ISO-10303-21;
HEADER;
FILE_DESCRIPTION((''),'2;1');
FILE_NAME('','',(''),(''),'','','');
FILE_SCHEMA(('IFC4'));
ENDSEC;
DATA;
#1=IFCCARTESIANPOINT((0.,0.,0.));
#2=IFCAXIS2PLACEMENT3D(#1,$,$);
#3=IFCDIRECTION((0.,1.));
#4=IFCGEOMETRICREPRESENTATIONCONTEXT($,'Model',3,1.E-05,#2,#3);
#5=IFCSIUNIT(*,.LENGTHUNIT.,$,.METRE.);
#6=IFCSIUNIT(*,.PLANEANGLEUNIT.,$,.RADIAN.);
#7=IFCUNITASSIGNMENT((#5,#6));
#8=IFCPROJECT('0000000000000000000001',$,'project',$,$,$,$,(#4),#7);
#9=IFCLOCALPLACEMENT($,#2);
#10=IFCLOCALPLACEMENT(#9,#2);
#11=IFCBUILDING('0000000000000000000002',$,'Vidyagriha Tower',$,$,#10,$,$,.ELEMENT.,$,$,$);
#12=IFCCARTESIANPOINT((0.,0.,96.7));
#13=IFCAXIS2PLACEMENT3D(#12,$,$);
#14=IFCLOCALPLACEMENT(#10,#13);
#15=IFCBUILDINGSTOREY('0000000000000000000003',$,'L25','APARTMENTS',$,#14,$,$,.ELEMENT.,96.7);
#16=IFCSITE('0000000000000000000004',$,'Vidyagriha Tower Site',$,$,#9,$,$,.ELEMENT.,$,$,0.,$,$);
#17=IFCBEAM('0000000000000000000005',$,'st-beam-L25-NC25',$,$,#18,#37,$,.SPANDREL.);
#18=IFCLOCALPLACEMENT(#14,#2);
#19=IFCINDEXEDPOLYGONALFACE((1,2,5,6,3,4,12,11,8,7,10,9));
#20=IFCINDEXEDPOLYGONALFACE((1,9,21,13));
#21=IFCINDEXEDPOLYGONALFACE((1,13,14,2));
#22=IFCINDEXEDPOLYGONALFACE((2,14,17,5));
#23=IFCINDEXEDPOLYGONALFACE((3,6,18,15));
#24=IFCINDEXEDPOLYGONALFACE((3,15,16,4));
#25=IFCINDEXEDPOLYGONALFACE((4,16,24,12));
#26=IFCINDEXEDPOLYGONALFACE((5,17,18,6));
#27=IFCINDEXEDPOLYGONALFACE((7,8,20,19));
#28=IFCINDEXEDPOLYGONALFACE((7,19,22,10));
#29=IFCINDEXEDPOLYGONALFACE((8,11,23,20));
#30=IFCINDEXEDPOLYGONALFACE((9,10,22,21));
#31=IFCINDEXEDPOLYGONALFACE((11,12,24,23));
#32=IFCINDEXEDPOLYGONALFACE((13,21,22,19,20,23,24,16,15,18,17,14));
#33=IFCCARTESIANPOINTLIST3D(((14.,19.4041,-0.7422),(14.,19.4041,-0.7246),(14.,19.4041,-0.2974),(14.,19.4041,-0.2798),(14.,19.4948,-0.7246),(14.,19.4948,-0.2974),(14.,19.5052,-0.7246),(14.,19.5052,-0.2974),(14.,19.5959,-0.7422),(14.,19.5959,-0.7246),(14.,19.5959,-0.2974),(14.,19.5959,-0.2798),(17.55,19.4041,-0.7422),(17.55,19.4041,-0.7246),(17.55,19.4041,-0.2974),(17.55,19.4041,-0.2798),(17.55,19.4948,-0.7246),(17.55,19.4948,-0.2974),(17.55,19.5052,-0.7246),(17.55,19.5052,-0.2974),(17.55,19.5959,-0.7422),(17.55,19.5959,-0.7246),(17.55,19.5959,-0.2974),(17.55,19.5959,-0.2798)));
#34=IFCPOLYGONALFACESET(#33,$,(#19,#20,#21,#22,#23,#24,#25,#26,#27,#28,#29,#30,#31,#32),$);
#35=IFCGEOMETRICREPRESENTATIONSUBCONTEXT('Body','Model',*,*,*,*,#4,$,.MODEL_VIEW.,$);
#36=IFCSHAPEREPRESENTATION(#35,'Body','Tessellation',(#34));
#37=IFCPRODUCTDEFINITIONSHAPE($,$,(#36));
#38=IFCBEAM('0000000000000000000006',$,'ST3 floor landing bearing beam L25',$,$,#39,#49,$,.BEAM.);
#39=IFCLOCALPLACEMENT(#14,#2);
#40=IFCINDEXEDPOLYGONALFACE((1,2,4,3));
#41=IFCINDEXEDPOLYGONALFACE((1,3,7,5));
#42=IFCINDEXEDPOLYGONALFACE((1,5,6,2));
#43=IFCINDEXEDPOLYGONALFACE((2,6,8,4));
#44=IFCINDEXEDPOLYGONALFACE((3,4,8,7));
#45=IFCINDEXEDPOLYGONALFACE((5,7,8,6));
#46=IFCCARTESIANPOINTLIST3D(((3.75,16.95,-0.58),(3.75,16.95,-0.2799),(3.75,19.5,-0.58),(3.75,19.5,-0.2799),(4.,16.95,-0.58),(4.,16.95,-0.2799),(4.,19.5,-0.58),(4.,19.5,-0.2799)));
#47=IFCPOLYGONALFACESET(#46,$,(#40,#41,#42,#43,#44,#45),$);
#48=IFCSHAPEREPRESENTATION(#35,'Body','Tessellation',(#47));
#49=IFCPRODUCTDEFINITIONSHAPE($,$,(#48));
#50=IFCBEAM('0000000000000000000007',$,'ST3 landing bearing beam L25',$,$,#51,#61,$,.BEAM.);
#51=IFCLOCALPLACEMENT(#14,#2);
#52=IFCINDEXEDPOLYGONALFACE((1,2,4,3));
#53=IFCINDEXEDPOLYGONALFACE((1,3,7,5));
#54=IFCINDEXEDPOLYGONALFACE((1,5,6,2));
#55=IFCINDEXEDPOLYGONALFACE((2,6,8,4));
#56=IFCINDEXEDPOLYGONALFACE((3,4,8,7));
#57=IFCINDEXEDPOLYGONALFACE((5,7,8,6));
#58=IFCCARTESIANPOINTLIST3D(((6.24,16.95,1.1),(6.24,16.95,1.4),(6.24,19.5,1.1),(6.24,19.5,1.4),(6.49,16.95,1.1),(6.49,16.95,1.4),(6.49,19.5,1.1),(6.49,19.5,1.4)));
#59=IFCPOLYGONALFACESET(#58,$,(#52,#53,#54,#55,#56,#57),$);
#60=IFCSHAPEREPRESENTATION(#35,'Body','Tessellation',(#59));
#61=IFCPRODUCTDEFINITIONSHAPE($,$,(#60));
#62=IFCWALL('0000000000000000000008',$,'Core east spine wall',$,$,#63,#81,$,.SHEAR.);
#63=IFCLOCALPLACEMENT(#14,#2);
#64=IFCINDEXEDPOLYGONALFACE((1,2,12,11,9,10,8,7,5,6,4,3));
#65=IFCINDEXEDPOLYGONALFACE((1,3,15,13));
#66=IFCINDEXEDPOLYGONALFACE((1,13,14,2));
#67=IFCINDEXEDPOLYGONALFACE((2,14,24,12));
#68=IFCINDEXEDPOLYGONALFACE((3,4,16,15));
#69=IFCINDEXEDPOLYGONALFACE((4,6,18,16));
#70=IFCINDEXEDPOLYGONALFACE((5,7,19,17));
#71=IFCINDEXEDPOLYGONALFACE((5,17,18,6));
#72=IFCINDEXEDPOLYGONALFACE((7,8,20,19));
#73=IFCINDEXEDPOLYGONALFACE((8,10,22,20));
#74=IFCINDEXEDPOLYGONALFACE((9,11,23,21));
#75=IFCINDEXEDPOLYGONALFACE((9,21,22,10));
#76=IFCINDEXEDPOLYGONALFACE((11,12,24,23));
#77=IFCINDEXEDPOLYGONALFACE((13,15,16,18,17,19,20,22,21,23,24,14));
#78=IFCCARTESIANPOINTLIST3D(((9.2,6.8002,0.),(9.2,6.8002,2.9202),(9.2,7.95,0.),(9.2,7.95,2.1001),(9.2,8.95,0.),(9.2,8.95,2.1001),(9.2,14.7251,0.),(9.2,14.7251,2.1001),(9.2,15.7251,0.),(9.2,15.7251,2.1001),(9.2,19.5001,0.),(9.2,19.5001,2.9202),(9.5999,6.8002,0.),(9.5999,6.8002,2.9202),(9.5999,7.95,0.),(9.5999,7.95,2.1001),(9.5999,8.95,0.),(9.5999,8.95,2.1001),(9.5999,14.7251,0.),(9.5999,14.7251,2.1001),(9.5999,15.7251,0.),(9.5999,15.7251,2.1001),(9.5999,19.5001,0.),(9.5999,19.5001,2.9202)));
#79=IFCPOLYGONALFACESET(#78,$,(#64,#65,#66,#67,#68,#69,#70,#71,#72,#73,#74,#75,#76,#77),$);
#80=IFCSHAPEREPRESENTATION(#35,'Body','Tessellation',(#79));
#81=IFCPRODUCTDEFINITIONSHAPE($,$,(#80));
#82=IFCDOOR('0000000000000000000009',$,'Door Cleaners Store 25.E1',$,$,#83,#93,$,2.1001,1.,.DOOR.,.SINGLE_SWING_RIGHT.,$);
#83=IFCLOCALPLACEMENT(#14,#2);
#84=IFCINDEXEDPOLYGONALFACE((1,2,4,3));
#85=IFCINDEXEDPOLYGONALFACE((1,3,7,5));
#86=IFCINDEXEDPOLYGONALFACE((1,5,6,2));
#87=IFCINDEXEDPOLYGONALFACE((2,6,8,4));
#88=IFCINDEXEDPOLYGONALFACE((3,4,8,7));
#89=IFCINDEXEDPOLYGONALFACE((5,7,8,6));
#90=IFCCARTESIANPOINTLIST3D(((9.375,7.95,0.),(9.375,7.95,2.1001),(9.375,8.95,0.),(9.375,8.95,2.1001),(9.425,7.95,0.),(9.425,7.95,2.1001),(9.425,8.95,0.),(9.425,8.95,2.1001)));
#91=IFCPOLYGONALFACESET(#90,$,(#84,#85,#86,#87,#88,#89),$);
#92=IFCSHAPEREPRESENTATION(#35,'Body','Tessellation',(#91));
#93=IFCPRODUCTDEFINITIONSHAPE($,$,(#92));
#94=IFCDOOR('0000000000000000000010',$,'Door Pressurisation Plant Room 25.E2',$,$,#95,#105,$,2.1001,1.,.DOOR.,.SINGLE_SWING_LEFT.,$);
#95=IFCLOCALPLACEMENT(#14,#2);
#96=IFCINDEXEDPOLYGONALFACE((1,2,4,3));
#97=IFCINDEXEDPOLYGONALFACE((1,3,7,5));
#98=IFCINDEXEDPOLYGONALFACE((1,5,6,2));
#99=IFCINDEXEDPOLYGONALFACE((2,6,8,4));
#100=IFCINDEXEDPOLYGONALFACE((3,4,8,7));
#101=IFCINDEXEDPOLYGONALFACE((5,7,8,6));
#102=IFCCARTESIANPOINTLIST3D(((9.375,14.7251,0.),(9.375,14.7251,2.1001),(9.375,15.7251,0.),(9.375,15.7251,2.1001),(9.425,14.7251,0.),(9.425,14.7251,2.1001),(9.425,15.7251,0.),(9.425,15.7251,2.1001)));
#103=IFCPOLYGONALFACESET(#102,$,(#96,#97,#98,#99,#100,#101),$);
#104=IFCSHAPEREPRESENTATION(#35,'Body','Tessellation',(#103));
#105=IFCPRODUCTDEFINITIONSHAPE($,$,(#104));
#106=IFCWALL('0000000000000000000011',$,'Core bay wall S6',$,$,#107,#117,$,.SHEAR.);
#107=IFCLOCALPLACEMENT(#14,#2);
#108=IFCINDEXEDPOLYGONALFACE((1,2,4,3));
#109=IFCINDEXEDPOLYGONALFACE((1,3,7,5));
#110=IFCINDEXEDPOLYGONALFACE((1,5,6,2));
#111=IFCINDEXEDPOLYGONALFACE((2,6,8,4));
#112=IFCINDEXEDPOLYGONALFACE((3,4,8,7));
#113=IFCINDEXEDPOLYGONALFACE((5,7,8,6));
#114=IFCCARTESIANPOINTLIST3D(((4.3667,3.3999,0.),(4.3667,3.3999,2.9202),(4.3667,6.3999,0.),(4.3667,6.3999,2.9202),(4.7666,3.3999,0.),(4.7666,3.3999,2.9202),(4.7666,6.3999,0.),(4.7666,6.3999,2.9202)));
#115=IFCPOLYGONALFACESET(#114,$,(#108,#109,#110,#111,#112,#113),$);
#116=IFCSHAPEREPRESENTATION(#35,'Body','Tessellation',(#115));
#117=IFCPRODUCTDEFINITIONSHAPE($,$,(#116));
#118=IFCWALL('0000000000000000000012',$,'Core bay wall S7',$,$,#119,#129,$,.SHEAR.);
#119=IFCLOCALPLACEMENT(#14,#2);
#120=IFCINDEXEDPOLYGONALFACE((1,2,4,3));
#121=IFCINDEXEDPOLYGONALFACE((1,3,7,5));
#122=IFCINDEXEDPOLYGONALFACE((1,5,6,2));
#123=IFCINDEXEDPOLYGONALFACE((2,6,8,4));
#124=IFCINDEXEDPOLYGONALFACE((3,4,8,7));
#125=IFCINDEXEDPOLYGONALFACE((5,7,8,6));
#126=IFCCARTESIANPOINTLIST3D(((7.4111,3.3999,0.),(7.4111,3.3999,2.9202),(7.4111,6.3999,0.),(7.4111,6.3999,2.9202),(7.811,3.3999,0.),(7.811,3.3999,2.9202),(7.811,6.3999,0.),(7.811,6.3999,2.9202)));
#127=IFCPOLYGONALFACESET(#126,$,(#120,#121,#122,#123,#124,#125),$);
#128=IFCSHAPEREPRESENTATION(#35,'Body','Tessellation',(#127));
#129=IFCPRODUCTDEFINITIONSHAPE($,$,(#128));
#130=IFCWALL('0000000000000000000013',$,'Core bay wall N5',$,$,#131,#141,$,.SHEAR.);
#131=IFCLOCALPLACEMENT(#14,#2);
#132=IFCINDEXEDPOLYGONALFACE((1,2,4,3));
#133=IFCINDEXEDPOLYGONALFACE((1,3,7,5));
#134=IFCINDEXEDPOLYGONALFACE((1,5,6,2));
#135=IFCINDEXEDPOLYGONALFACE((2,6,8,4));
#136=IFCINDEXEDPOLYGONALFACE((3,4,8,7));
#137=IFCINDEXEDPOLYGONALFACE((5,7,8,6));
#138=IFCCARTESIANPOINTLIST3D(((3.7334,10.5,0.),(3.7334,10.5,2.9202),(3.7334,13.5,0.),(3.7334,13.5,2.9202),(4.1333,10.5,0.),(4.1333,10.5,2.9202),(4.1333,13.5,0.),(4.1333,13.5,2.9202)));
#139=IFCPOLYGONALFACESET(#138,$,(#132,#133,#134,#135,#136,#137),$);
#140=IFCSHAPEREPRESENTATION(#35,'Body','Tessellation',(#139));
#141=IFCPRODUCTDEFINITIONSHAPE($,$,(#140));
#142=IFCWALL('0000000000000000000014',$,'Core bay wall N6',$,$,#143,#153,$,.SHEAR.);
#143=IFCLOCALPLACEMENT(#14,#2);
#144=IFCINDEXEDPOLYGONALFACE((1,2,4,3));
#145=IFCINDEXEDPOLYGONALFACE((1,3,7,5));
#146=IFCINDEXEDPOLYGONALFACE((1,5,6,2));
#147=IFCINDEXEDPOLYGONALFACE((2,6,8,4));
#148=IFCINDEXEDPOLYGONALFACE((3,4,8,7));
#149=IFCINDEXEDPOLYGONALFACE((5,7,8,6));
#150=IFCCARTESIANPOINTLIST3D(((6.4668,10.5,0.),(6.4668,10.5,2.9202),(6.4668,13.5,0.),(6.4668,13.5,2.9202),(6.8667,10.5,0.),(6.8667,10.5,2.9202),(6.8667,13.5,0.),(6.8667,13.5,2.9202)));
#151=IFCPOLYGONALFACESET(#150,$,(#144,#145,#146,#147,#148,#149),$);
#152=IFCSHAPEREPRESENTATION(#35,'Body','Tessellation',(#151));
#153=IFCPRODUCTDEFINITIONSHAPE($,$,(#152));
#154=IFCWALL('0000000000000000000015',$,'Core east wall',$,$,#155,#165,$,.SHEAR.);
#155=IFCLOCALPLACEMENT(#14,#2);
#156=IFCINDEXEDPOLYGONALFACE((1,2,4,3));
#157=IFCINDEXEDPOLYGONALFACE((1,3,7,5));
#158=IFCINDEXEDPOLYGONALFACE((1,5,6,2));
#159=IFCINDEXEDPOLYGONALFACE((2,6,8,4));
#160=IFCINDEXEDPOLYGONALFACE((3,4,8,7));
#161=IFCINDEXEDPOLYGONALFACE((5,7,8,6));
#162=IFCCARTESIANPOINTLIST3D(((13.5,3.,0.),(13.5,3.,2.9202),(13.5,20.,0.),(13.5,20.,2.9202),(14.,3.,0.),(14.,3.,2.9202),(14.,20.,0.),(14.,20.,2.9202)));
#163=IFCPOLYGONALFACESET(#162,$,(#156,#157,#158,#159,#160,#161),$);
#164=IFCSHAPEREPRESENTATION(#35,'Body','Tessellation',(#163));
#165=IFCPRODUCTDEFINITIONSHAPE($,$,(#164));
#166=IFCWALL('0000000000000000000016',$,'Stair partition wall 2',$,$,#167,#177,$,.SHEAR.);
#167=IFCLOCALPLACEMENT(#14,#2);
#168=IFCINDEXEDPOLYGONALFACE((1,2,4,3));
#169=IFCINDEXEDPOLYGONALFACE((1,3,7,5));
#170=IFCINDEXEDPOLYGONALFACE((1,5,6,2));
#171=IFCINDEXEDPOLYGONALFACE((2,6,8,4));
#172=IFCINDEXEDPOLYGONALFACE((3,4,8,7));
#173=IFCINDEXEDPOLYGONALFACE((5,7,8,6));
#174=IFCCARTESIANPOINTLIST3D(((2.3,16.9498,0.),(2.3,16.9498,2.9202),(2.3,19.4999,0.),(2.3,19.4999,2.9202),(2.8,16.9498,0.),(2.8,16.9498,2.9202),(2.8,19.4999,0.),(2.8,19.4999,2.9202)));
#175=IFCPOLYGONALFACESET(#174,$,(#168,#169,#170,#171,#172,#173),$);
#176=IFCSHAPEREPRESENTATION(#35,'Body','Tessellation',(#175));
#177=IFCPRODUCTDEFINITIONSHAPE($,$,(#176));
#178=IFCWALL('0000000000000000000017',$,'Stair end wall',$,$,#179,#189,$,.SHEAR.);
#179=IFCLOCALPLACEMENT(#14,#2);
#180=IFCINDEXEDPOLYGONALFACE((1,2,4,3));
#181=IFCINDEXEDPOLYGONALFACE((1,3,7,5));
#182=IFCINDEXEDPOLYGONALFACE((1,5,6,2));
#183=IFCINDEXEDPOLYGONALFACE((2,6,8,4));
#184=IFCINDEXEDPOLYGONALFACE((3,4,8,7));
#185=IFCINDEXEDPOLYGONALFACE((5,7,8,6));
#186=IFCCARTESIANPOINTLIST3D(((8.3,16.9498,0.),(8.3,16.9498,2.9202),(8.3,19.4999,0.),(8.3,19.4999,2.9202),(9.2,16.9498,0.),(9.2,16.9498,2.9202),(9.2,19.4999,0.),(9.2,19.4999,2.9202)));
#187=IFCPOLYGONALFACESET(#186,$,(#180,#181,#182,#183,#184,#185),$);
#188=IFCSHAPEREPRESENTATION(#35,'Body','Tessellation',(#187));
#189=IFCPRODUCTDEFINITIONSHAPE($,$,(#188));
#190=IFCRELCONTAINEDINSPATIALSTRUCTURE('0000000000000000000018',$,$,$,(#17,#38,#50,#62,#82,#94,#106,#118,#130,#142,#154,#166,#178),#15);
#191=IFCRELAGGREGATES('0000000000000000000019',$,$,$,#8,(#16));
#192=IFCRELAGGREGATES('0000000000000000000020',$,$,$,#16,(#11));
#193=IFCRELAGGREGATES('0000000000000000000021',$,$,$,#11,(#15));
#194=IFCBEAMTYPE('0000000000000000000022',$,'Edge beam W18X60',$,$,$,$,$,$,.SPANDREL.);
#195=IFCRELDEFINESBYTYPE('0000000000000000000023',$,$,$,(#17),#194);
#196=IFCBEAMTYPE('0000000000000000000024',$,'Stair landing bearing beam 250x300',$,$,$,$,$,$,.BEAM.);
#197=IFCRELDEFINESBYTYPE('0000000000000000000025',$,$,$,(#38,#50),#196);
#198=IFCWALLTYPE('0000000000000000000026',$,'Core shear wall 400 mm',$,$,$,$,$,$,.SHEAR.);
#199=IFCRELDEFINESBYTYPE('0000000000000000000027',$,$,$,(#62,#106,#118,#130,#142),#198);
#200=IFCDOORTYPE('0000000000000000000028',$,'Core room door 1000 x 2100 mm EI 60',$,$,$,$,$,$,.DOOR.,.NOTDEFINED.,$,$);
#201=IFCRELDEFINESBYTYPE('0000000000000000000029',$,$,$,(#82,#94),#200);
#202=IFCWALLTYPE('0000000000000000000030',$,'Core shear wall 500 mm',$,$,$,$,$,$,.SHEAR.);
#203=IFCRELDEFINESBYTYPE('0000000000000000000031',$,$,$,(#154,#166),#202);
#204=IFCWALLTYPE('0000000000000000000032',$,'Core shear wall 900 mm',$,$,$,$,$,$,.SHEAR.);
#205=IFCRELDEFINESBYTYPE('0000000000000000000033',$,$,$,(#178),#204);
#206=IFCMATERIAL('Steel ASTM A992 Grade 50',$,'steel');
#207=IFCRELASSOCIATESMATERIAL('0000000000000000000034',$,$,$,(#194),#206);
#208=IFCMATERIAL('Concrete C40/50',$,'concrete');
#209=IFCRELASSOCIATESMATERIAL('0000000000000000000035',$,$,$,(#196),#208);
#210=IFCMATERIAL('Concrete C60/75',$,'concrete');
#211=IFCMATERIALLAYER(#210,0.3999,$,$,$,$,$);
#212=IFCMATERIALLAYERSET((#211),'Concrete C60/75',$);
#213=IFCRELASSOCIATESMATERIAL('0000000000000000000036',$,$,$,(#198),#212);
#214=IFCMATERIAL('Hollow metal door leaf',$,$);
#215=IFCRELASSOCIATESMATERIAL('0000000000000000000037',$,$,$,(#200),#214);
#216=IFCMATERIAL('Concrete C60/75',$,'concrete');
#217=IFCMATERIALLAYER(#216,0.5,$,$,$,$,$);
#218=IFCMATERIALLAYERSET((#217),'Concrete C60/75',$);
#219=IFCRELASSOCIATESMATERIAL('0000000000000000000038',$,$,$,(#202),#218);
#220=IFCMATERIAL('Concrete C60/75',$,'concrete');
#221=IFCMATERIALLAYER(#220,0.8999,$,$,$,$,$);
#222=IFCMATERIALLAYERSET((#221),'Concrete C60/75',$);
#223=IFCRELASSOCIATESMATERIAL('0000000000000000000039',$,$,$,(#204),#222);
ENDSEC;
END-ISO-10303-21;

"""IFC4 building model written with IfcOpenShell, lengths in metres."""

from ifc_helpers import new_model, si_unit, direction, frame, frame_2d, origin, origin_2d, place, context, subcontext, project, spatial, rectangle, i_section, extrude, material, layer, layer_set, material_profile, profile_set, type_object, element, fill, save


model = new_model("IFC4")

# Units and contexts
model_context = context("Model", 3, precision=1e-05, world=origin(), true_north=direction((0.0, 1.0)))
body_context = subcontext(model_context, "Body", "Model", "MODEL_VIEW")
ifc_project = project(units=[si_unit("LENGTHUNIT", "METRE"), si_unit("PLANEANGLEUNIT", "RADIAN")], contexts=[model_context])

# Site, building, storey
site_placement = place(None, origin())
site = spatial("IfcSite", under=ifc_project, at=site_placement, Name="Vidyagriha Tower Site", CompositionType="ELEMENT", RefElevation=0.0)
building_placement = place(site_placement, origin())
building = spatial("IfcBuilding", under=site, at=building_placement, Name="Vidyagriha Tower", CompositionType="ELEMENT")
storey_placement = place(building_placement, frame((0.0, 0.0, 96.7)))
storey = spatial("IfcBuildingStorey", under=building, at=storey_placement, Name="L25", Description="APARTMENTS", CompositionType="ELEMENT", Elevation=96.7)

# Beams
ifc_material_1 = material(Name="Steel ASTM A992 Grade 50", Category="steel")
ifc_material_profile_1 = material_profile(ifc_material_1, i_section(OverallWidth=0.1919, OverallDepth=0.4624, WebThickness=0.0105, FlangeThickness=0.0176, at=origin_2d()), Name="W18X60")
ifc_profile_set_1 = profile_set([ifc_material_profile_1], Name="Steel ASTM A992 Grade 50")
beam_type_1 = type_object("IfcBeamType", Name="Edge beam W18X60", PredefinedType="SPANDREL", material=ifc_profile_set_1)
beam_placement = place(storey_placement, frame((14.0, 19.5, -0.511), z_axis=(1.0, 0.0, 0.0), x_axis=(0.0, 1.0, 0.0)))
element("IfcBeam", 1, at=beam_placement, inside=storey, type_object=beam_type_1, Name="st-beam-L25-NC25", PredefinedType="SPANDREL", context=body_context, shape_type="SweptSolid", body=[
    extrude(i_section(OverallWidth=0.1919, OverallDepth=0.4624, WebThickness=0.0105, FlangeThickness=0.0176, at=origin_2d()), origin(), (0.0, 0.0, 1.0), 3.55),
])
ifc_material_2 = material(Name="Concrete C40/50", Category="concrete")
ifc_material_profile_2 = material_profile(ifc_material_2, rectangle(XDim=0.25, YDim=0.3, at=origin_2d()), Name="Stair landing bearing beam 250x300")
ifc_profile_set_2 = profile_set([ifc_material_profile_2], Name="Concrete C40/50")
beam_type_2 = type_object("IfcBeamType", Name="Stair landing bearing beam 250x300", PredefinedType="BEAM", material=ifc_profile_set_2)
for number, where, z_axis, x_axis, name in (
    (2, (3.875, 16.95, -0.4299), (0.0, 1.0, 0.0), (-1.0, 0.0, 0.0), "ST3 floor landing bearing beam L25"),
    (3, (6.365, 16.95, 1.25), (0.0, 1.0, 0.0), (-1.0, 0.0, 0.0), "ST3 landing bearing beam L25"),
):
    element("IfcBeam", number, at=place(storey_placement, frame(where, z_axis=z_axis, x_axis=x_axis)), inside=storey, type_object=beam_type_2, Name=name, PredefinedType="BEAM", context=body_context, shape_type="SweptSolid", body=[
        extrude(rectangle(XDim=0.25, YDim=0.3, at=origin_2d()), origin(), (0.0, 0.0, 1.0), 2.55),
    ])

# Wall, openings, doors
ifc_material_3 = material(Name="Concrete C60/75", Category="concrete")
ifc_layer_1 = layer(ifc_material_3, 0.3999)
ifc_layer_set_1 = layer_set([ifc_layer_1], Name="Concrete C60/75")
wall_type_1 = type_object("IfcWallType", Name="Core shear wall 400 mm", PredefinedType="SHEAR", material=ifc_layer_set_1)
wall_1_placement = place(storey_placement, frame((9.3999, 6.8, 0.0), z_axis=(0.0, 0.0, 1.0), x_axis=(0.0, 1.0, 0.0)))
wall_1 = element("IfcWall", 4, at=wall_1_placement, inside=storey, type_object=wall_type_1, Name="Core east spine wall", PredefinedType="SHEAR", context=body_context, shape_type="SweptSolid", body=[
    extrude(rectangle(XDim=12.7, YDim=0.3999, at=frame_2d((6.3501, 0.0))), origin(), (0.0, 0.0, 1.0), 2.9202),
])
opening_1_placement = place(wall_1_placement, frame((1.1499, 0.0, 0.0)))
opening_1 = element("IfcOpeningElement", 5, at=opening_1_placement, cuts=wall_1, PredefinedType="OPENING", context=body_context, shape_type="SweptSolid", body=[
    extrude(rectangle(XDim=1.0, YDim=2.1001, at=frame_2d((0.5, 1.05))), frame((0.0, 0.21, 0.0), z_axis=(0.0, -1.0, 0.0), x_axis=(1.0, 0.0, 0.0)), (0.0, 0.0, 1.0), 0.4199),
])
opening_2_placement = place(wall_1_placement, frame((7.925, 0.0, 0.0)))
opening_2 = element("IfcOpeningElement", 6, at=opening_2_placement, cuts=wall_1, PredefinedType="OPENING", context=body_context, shape_type="SweptSolid", body=[
    extrude(rectangle(XDim=1.0, YDim=2.1001, at=frame_2d((0.5, 1.05))), frame((0.0, 0.21, 0.0), z_axis=(0.0, -1.0, 0.0), x_axis=(1.0, 0.0, 0.0)), (0.0, 0.0, 1.0), 0.4199),
])
ifc_material_4 = material(Name="Hollow metal door leaf")
door_type_1 = type_object("IfcDoorType", Name="Core room door 1000 x 2100 mm EI 60", OperationType="NOTDEFINED", PredefinedType="DOOR", material=ifc_material_4)
door_1_placement = place(opening_1_placement, origin())
door_1 = element("IfcDoor", 7, at=door_1_placement, inside=storey, type_object=door_type_1, Name="Door Cleaners Store 25.E1", OperationType="SINGLE_SWING_RIGHT", OverallHeight=2.1001, OverallWidth=1.0, PredefinedType="DOOR", context=body_context, shape_type="SweptSolid", body=[
    extrude(rectangle(XDim=1.0, YDim=2.1001, at=frame_2d((0.5, 1.05))), frame((0.0, 0.0249, 0.0), z_axis=(0.0, -1.0, 0.0), x_axis=(1.0, 0.0, 0.0)), (0.0, 0.0, 1.0), 0.05),
])
fill(opening_1, door_1)
door_2_placement = place(opening_2_placement, origin())
door_2 = element("IfcDoor", 8, at=door_2_placement, inside=storey, type_object=door_type_1, Name="Door Pressurisation Plant Room 25.E2", OperationType="SINGLE_SWING_LEFT", OverallHeight=2.1001, OverallWidth=1.0, PredefinedType="DOOR", context=body_context, shape_type="SweptSolid", body=[
    extrude(rectangle(XDim=1.0, YDim=2.1001, at=frame_2d((0.5, 1.05))), frame((0.0, 0.0249, 0.0), z_axis=(0.0, -1.0, 0.0), x_axis=(1.0, 0.0, 0.0)), (0.0, 0.0, 1.0), 0.05),
])
fill(opening_2, door_2)

# Walls
for number, where, z_axis, x_axis, name in (
    (9, (4.5667, 3.3999, 0.0), (0.0, 0.0, 1.0), (0.0, 1.0, 0.0), "Core bay wall S6"),
    (10, (7.6111, 3.3999, 0.0), (0.0, 0.0, 1.0), (0.0, 1.0, 0.0), "Core bay wall S7"),
    (11, (3.9333, 10.5, 0.0), (0.0, 0.0, 1.0), (0.0, 1.0, 0.0), "Core bay wall N5"),
    (12, (6.6667, 10.5, 0.0), (0.0, 0.0, 1.0), (0.0, 1.0, 0.0), "Core bay wall N6"),
):
    element("IfcWall", number, at=place(storey_placement, frame(where, z_axis=z_axis, x_axis=x_axis)), inside=storey, type_object=wall_type_1, Name=name, PredefinedType="SHEAR", context=body_context, shape_type="SweptSolid", body=[
        extrude(rectangle(XDim=3.0, YDim=0.3999, at=frame_2d((1.5, 0.0))), origin(), (0.0, 0.0, 1.0), 2.9202),
    ])
ifc_material_5 = material(Name="Concrete C60/75", Category="concrete")
ifc_layer_2 = layer(ifc_material_5, 0.5)
ifc_layer_set_2 = layer_set([ifc_layer_2], Name="Concrete C60/75")
wall_type_2 = type_object("IfcWallType", Name="Core shear wall 500 mm", PredefinedType="SHEAR", material=ifc_layer_set_2)
wall_2_placement = place(storey_placement, frame((13.75, 3.0, 0.0), z_axis=(0.0, 0.0, 1.0), x_axis=(0.0, 1.0, 0.0)))
element("IfcWall", 13, at=wall_2_placement, inside=storey, type_object=wall_type_2, Name="Core east wall", PredefinedType="SHEAR", context=body_context, shape_type="SweptSolid", body=[
    extrude(rectangle(XDim=17.0, YDim=0.5, at=frame_2d((8.5, 0.0))), origin(), (0.0, 0.0, 1.0), 2.9202),
])
wall_3_placement = place(storey_placement, frame((2.55, 16.95, 0.0), z_axis=(0.0, 0.0, 1.0), x_axis=(0.0, 1.0, 0.0)))
element("IfcWall", 14, at=wall_3_placement, inside=storey, type_object=wall_type_2, Name="Stair partition wall 2", PredefinedType="SHEAR", context=body_context, shape_type="SweptSolid", body=[
    extrude(rectangle(XDim=2.55, YDim=0.5, at=frame_2d((1.2749, 0.0))), origin(), (0.0, 0.0, 1.0), 2.9202),
])
ifc_material_6 = material(Name="Concrete C60/75", Category="concrete")
ifc_layer_3 = layer(ifc_material_6, 0.8999)
ifc_layer_set_3 = layer_set([ifc_layer_3], Name="Concrete C60/75")
wall_type_3 = type_object("IfcWallType", Name="Core shear wall 900 mm", PredefinedType="SHEAR", material=ifc_layer_set_3)
wall_4_placement = place(storey_placement, frame((8.75, 16.95, 0.0), z_axis=(0.0, 0.0, 1.0), x_axis=(0.0, 1.0, 0.0)))
element("IfcWall", 15, at=wall_4_placement, inside=storey, type_object=wall_type_3, Name="Stair end wall", PredefinedType="SHEAR", context=body_context, shape_type="SweptSolid", body=[
    extrude(rectangle(XDim=2.55, YDim=0.8999, at=frame_2d((1.2749, 0.0))), origin(), (0.0, 0.0, 1.0), 2.9202),
])

save(model, "model.ifc")
